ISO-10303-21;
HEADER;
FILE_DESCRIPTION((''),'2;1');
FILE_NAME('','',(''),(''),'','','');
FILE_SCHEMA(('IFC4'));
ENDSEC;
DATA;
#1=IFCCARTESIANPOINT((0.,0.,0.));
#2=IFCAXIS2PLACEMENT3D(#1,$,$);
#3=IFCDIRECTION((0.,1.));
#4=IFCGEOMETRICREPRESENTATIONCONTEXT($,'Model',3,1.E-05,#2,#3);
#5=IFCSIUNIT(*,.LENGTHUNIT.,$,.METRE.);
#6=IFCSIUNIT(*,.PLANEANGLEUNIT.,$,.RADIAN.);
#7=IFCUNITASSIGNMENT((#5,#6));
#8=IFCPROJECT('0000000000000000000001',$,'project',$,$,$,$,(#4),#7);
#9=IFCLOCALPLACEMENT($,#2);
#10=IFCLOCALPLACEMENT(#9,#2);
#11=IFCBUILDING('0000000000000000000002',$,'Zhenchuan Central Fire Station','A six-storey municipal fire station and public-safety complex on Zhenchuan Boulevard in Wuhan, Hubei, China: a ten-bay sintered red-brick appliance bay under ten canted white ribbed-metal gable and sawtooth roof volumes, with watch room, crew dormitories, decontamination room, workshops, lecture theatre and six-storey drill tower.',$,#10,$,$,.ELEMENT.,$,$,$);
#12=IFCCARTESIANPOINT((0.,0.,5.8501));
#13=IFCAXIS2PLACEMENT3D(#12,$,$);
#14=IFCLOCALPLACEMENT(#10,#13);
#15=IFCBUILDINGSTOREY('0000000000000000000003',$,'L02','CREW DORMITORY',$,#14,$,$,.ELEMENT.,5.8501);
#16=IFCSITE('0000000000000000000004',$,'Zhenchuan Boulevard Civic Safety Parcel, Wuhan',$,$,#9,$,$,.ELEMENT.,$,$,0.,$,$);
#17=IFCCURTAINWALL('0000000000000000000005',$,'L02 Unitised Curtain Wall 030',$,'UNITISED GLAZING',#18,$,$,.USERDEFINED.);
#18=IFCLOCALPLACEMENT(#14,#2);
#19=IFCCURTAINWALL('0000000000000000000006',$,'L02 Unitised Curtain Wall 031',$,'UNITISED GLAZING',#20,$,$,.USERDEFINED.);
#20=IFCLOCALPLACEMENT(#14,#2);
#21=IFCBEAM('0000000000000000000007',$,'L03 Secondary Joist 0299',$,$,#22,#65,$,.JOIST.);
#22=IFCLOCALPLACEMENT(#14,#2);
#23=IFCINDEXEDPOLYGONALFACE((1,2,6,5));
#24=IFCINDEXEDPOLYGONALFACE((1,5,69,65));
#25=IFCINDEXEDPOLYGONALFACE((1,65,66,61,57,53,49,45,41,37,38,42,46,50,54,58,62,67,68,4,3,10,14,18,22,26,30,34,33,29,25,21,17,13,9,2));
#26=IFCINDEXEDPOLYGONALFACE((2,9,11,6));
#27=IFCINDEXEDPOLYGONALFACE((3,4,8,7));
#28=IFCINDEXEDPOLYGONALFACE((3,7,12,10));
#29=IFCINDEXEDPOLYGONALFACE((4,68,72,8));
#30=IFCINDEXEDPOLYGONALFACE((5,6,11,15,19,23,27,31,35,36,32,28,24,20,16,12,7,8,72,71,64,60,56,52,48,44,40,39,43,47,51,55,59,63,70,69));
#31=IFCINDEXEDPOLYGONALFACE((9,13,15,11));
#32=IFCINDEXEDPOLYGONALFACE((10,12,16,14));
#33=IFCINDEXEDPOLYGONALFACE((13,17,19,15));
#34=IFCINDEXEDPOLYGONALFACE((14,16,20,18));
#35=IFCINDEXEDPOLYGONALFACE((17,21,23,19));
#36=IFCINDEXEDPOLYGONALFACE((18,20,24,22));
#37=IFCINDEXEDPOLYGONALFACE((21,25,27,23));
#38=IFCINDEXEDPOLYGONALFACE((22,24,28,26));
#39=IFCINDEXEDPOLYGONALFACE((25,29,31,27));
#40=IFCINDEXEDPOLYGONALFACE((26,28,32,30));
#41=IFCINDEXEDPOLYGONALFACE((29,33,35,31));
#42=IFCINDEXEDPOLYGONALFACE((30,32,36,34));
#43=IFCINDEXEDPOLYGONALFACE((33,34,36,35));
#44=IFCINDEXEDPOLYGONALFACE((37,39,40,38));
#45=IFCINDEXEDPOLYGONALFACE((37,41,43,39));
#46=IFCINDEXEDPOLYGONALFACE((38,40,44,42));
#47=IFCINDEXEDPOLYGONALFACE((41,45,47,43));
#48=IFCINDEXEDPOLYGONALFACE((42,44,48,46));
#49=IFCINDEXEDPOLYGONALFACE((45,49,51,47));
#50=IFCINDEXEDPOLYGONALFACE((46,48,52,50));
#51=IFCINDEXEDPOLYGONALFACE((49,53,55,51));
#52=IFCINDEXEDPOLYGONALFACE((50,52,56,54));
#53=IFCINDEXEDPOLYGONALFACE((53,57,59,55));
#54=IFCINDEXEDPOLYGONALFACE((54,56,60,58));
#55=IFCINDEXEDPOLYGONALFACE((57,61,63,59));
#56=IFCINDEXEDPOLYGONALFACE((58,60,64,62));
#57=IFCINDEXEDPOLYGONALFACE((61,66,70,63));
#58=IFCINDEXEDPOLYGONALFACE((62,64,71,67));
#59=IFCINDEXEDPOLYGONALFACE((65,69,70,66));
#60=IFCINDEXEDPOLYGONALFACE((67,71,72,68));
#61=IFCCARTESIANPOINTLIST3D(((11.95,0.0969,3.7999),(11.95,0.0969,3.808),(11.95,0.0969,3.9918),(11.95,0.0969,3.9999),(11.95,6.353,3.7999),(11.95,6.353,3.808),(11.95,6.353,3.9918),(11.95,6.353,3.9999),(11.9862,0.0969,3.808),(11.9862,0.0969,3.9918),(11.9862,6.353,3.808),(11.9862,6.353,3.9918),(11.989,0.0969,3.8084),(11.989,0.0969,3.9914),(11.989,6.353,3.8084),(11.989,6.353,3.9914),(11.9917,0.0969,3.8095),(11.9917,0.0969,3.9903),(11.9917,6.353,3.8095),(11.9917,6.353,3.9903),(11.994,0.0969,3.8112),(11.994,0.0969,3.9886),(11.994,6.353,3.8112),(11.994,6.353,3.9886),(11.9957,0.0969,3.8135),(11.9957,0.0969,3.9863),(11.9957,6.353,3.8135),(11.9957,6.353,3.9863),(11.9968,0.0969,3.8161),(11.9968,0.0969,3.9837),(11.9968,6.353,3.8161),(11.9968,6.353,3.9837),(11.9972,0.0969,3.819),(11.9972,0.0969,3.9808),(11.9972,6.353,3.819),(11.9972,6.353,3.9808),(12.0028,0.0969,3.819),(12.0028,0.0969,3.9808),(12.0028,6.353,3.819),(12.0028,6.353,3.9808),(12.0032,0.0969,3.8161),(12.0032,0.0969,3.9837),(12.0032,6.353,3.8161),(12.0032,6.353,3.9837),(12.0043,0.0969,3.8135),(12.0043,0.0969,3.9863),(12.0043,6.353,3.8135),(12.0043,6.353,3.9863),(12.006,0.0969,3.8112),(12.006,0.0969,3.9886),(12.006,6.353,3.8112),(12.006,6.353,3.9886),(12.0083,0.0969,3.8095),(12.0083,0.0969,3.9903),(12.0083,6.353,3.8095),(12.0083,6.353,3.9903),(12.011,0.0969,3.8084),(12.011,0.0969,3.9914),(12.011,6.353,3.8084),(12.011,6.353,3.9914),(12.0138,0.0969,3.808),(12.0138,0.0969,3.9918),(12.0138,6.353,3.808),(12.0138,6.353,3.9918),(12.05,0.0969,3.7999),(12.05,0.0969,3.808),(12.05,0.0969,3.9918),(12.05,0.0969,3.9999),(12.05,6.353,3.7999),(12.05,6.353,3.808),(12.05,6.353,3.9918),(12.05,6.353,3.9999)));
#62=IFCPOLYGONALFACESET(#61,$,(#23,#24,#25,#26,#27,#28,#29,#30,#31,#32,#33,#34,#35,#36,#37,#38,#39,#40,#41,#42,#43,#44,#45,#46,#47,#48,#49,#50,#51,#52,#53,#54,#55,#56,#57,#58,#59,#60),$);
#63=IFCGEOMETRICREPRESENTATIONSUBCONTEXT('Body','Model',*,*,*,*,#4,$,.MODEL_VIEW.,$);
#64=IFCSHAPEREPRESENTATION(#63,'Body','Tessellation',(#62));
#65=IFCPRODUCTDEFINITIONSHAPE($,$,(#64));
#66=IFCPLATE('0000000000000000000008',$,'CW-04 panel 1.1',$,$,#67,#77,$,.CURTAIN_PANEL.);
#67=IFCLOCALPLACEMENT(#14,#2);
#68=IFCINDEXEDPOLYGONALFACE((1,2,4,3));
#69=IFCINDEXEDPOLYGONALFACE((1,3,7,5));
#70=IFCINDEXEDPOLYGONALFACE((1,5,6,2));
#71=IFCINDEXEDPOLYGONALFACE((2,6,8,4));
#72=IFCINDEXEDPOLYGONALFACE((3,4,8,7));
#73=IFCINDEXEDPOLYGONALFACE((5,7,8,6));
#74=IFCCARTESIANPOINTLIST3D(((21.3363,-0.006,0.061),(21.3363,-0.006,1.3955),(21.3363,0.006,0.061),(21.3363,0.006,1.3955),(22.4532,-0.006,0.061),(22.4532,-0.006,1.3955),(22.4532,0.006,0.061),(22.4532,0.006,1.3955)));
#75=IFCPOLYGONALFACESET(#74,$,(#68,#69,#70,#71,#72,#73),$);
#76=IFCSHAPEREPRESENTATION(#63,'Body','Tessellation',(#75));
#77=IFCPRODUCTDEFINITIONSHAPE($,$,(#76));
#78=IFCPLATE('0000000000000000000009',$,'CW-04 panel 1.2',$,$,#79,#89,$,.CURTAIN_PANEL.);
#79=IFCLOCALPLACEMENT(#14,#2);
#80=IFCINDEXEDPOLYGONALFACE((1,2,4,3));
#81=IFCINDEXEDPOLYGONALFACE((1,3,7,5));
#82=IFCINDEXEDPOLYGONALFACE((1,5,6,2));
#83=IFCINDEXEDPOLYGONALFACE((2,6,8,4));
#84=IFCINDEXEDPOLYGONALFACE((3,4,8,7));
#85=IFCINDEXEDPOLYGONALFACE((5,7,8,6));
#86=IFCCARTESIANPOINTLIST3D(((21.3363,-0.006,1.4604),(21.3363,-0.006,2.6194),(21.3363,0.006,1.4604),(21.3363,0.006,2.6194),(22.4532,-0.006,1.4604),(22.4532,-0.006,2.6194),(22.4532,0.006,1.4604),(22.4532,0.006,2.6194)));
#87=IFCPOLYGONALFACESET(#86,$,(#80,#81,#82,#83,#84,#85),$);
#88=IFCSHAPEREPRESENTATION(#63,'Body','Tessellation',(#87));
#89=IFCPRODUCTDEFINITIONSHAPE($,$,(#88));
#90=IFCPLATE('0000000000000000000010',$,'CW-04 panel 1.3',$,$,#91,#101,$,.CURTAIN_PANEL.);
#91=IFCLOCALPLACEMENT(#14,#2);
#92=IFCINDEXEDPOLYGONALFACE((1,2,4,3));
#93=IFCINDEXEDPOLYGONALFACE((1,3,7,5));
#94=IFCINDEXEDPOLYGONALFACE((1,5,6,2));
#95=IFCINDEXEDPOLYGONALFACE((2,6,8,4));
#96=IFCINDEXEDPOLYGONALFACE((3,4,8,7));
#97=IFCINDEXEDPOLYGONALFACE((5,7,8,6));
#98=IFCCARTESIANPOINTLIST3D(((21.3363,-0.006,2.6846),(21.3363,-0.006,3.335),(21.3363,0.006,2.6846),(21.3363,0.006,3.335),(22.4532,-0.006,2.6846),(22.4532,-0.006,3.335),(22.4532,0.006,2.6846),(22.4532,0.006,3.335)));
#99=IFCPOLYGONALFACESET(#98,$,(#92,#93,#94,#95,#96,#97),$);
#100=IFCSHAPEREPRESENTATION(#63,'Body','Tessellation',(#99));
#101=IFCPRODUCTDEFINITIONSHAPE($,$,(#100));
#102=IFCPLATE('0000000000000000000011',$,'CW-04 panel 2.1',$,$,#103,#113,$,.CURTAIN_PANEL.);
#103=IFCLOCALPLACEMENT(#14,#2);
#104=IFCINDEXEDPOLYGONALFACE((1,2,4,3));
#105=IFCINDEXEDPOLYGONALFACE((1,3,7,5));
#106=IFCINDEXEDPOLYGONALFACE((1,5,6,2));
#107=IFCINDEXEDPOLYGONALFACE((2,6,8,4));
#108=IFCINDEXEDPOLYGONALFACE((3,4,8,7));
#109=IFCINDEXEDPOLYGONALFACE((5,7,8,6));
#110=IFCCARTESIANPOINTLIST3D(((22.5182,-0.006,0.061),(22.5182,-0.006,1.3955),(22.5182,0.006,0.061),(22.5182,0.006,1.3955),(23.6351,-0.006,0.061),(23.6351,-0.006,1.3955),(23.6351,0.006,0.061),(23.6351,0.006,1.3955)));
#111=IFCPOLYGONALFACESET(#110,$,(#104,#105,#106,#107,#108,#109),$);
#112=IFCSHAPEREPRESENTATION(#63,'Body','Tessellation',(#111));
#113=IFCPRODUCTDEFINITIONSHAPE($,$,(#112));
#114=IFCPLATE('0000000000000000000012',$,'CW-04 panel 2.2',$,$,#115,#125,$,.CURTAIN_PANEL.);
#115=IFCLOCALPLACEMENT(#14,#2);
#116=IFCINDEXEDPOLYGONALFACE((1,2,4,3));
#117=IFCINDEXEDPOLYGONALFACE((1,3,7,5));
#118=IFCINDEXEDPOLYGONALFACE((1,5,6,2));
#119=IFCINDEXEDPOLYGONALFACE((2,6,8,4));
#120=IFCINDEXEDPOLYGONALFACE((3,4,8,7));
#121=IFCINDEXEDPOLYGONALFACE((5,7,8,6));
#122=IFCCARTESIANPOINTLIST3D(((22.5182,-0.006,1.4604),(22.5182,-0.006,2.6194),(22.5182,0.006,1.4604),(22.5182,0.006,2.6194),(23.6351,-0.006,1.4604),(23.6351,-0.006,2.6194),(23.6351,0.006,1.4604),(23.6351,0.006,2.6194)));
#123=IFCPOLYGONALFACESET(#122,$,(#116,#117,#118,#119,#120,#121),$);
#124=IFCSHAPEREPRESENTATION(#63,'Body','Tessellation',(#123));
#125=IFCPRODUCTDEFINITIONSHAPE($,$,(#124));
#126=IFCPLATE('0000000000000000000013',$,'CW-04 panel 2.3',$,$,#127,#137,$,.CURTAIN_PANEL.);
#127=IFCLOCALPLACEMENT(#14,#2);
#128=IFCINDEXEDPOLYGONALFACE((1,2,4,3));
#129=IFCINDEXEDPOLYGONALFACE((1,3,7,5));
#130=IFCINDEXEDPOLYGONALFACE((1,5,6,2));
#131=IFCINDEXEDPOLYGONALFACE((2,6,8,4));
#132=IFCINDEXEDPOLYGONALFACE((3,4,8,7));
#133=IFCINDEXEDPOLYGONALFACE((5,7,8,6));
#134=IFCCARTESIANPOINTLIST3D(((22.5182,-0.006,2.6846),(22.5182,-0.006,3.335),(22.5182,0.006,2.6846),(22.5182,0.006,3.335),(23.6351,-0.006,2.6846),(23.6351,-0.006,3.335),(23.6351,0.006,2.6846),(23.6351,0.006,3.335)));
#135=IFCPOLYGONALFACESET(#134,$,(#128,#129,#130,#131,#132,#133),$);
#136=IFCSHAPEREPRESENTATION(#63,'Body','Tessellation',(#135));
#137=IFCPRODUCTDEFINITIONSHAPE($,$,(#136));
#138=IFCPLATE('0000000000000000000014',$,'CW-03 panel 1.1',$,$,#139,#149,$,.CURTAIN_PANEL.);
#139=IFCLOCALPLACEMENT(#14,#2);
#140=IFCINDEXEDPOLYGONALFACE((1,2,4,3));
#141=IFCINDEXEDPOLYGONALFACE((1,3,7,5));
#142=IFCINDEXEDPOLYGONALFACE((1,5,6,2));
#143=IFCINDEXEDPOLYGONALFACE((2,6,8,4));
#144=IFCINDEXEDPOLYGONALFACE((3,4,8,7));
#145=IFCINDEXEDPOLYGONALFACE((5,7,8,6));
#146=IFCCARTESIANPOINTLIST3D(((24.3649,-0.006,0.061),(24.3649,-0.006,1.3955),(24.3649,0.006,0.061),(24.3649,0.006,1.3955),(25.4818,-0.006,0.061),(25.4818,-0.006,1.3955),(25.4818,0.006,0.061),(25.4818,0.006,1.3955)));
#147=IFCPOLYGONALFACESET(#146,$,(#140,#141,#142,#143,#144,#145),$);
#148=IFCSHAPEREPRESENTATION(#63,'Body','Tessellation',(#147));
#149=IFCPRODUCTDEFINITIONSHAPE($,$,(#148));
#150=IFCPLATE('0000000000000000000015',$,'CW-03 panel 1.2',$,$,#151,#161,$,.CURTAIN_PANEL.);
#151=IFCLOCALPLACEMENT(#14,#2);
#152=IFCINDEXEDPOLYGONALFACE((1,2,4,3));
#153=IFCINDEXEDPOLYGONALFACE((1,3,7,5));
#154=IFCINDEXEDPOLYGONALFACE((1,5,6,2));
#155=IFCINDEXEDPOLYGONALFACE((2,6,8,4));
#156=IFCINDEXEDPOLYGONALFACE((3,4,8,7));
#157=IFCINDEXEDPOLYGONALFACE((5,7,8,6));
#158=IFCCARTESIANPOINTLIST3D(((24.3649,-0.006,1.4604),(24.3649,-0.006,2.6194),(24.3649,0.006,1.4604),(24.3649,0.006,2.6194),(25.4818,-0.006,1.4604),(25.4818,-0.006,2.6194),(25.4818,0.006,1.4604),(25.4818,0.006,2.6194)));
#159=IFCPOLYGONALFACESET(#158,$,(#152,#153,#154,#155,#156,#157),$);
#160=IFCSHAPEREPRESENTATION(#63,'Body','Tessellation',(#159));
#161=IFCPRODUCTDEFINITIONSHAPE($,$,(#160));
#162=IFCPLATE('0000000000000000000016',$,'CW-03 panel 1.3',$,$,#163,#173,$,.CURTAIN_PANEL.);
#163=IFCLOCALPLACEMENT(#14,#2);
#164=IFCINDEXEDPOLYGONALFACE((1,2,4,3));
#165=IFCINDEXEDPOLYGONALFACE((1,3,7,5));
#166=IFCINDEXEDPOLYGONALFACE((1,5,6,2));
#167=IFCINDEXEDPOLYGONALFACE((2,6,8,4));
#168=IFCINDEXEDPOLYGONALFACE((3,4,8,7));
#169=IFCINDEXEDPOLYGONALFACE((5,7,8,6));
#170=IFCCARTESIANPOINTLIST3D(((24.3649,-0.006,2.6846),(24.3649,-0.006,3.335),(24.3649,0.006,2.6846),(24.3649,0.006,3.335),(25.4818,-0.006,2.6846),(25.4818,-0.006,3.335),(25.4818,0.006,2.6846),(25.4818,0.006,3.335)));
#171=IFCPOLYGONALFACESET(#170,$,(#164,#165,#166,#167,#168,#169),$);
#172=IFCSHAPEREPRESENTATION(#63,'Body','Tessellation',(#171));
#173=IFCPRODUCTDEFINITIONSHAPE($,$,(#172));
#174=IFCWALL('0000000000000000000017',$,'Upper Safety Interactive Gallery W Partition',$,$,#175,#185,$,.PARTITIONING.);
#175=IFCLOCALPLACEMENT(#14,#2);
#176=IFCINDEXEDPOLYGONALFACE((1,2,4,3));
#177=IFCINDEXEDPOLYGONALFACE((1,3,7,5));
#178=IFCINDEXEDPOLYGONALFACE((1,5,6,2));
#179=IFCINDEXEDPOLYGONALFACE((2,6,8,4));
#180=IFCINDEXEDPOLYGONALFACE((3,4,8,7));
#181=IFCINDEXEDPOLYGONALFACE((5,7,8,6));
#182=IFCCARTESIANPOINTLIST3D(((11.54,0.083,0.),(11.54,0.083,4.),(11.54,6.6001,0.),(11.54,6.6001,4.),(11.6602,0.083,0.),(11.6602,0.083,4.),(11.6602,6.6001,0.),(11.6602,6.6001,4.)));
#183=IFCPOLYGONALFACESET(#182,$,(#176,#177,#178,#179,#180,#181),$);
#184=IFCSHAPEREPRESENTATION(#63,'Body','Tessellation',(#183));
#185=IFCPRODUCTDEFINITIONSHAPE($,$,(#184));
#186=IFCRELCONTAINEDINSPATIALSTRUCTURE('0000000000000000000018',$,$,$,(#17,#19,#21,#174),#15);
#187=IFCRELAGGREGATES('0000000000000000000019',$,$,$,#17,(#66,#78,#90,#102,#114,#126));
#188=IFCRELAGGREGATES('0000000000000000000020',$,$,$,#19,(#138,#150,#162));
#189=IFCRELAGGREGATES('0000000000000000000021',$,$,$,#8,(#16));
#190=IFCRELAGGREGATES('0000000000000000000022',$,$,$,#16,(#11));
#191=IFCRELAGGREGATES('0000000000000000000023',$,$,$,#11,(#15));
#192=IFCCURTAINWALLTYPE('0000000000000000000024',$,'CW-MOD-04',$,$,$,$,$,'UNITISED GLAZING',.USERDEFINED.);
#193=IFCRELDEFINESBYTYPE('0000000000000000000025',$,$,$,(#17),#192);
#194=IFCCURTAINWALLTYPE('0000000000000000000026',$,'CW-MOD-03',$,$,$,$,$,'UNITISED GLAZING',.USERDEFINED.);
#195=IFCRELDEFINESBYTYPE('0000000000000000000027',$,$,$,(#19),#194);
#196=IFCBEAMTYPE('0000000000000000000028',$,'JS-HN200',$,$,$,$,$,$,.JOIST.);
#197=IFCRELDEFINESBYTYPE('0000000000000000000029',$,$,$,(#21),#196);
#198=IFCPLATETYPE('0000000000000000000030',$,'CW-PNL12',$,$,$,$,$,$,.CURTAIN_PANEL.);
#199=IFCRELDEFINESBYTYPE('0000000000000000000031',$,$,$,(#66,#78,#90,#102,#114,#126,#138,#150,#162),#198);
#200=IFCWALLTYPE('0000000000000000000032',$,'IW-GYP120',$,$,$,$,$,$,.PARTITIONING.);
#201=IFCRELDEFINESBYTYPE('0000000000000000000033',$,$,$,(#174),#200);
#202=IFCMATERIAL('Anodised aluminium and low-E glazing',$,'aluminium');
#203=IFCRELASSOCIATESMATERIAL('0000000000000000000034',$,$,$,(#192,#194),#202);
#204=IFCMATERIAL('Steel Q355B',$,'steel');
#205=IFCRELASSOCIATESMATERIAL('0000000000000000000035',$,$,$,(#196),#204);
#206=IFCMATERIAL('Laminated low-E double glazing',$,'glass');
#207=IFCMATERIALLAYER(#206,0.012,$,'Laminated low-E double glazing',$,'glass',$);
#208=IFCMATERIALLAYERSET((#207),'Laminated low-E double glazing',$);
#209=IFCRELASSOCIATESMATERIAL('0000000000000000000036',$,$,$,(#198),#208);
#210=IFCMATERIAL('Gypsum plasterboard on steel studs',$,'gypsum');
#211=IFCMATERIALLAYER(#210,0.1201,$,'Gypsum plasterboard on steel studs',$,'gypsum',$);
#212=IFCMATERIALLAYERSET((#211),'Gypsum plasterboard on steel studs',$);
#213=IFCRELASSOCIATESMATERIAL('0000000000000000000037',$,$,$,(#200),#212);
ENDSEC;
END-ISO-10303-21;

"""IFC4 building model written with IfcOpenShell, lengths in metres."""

from ifc_helpers import new_model, si_unit, direction, frame, frame_2d, origin, origin_2d, place, context, subcontext, project, spatial, rectangle, i_section, extrude, material, layer, layer_set, material_profile, profile_set, type_object, element, aggregate, save


model = new_model("IFC4")

# Units and contexts
model_context = context("Model", 3, precision=1e-05, world=origin(), true_north=direction((0.0, 1.0)))
body_context = subcontext(model_context, "Body", "Model", "MODEL_VIEW")
ifc_project = project(units=[si_unit("LENGTHUNIT", "METRE"), si_unit("PLANEANGLEUNIT", "RADIAN")], contexts=[model_context])

# Site, building, storey
site_placement = place(None, origin())
site = spatial("IfcSite", under=ifc_project, at=site_placement, Name="Zhenchuan Boulevard Civic Safety Parcel, Wuhan", CompositionType="ELEMENT", RefElevation=0.0)
building_placement = place(site_placement, origin())
building = spatial("IfcBuilding", under=site, at=building_placement, Name="Zhenchuan Central Fire Station", Description="A six-storey municipal fire station and public-safety complex on Zhenchuan Boulevard in Wuhan, Hubei, China: a ten-bay sintered red-brick appliance bay under ten canted white ribbed-metal gable and sawtooth roof volumes, with watch room, crew dormitories, decontamination room, workshops, lecture theatre and six-storey drill tower.", CompositionType="ELEMENT")
storey_placement = place(building_placement, frame((0.0, 0.0, 5.8501)))
storey = spatial("IfcBuildingStorey", under=building, at=storey_placement, Name="L02", Description="CREW DORMITORY", CompositionType="ELEMENT", Elevation=5.8501)

# Shared definitions
ifc_material_1 = material(Name="Steel Q355B", Category="steel")

# Curtain walls
ifc_material_2 = material(Name="Anodised aluminium and low-E glazing", Category="aluminium")
curtain_wall_type_1 = type_object("IfcCurtainWallType", Name="CW-MOD-04", ElementType="UNITISED GLAZING", PredefinedType="USERDEFINED", material=ifc_material_2)
curtain_wall_1_placement = place(storey_placement, origin())
curtain_wall_1 = element("IfcCurtainWall", 1, at=curtain_wall_1_placement, inside=storey, type_object=curtain_wall_type_1, Name="L02 Unitised Curtain Wall 030", ObjectType="UNITISED GLAZING", PredefinedType="USERDEFINED")
curtain_wall_type_2 = type_object("IfcCurtainWallType", Name="CW-MOD-03", ElementType="UNITISED GLAZING", PredefinedType="USERDEFINED", material=ifc_material_2)
curtain_wall_2_placement = place(storey_placement, origin())
curtain_wall_2 = element("IfcCurtainWall", 2, at=curtain_wall_2_placement, inside=storey, type_object=curtain_wall_type_2, Name="L02 Unitised Curtain Wall 031", ObjectType="UNITISED GLAZING", PredefinedType="USERDEFINED")

# Beam
ifc_material_profile_1 = material_profile(ifc_material_1, i_section(OverallWidth=0.1001, OverallDepth=0.2, WebThickness=0.0056, FlangeThickness=0.0081, FilletRadius=0.011, at=origin_2d()), Name="HN 200x100")
ifc_profile_set_1 = profile_set([ifc_material_profile_1], Name="Steel Q355B")
beam_type_1 = type_object("IfcBeamType", Name="JS-HN200", PredefinedType="JOIST", material=ifc_profile_set_1)
beam_1_placement = place(storey_placement, frame((12.0, 0.0969, 3.8999), z_axis=(0.0, 1.0, 0.0), x_axis=(-1.0, 0.0, 0.0)))
element("IfcBeam", 3, at=beam_1_placement, inside=storey, type_object=beam_type_1, Name="L03 Secondary Joist 0299", PredefinedType="JOIST", context=body_context, shape_type="SweptSolid", body=[
    extrude(i_section(OverallWidth=0.1001, OverallDepth=0.2, WebThickness=0.0056, FlangeThickness=0.0081, FilletRadius=0.011, at=origin_2d()), origin(), (0.0, 0.0, 1.0), 6.2561),
])

# Plates
ifc_material_3 = material(Name="Laminated low-E double glazing", Category="glass")
ifc_layer_1 = layer(ifc_material_3, 0.012, Name="Laminated low-E double glazing", Category="glass")
ifc_layer_set_1 = layer_set([ifc_layer_1], Name="Laminated low-E double glazing")
plate_type = type_object("IfcPlateType", Name="CW-PNL12", PredefinedType="CURTAIN_PANEL", material=ifc_layer_set_1)
plate_1_placement = place(storey_placement, frame((21.8948, 0.0, 0.061), z_axis=(0.0, 0.0, 1.0), x_axis=(1.0, 0.0, 0.0)))
plate_1 = element("IfcPlate", 4, at=plate_1_placement, type_object=plate_type, Name="CW-04 panel 1.1", PredefinedType="CURTAIN_PANEL", context=body_context, shape_type="SweptSolid", body=[
    extrude(rectangle(XDim=1.1169, YDim=0.012, at=origin_2d()), origin(), (0.0, 0.0, 1.0), 1.3345),
])
plate_2_placement = place(storey_placement, frame((21.8948, 0.0, 1.4604), z_axis=(0.0, 0.0, 1.0), x_axis=(1.0, 0.0, 0.0)))
plate_2 = element("IfcPlate", 5, at=plate_2_placement, type_object=plate_type, Name="CW-04 panel 1.2", PredefinedType="CURTAIN_PANEL", context=body_context, shape_type="SweptSolid", body=[
    extrude(rectangle(XDim=1.1169, YDim=0.012, at=origin_2d()), origin(), (0.0, 0.0, 1.0), 1.1589),
])
plate_3_placement = place(storey_placement, frame((21.8948, 0.0, 2.6846), z_axis=(0.0, 0.0, 1.0), x_axis=(1.0, 0.0, 0.0)))
plate_3 = element("IfcPlate", 6, at=plate_3_placement, type_object=plate_type, Name="CW-04 panel 1.3", PredefinedType="CURTAIN_PANEL", context=body_context, shape_type="SweptSolid", body=[
    extrude(rectangle(XDim=1.1169, YDim=0.012, at=origin_2d()), origin(), (0.0, 0.0, 1.0), 0.6504),
])
plate_4_placement = place(storey_placement, frame((23.0767, 0.0, 0.061), z_axis=(0.0, 0.0, 1.0), x_axis=(1.0, 0.0, 0.0)))
plate_4 = element("IfcPlate", 7, at=plate_4_placement, type_object=plate_type, Name="CW-04 panel 2.1", PredefinedType="CURTAIN_PANEL", context=body_context, shape_type="SweptSolid", body=[
    extrude(rectangle(XDim=1.1169, YDim=0.012, at=origin_2d()), origin(), (0.0, 0.0, 1.0), 1.3345),
])
plate_5_placement = place(storey_placement, frame((23.0767, 0.0, 1.4604), z_axis=(0.0, 0.0, 1.0), x_axis=(1.0, 0.0, 0.0)))
plate_5 = element("IfcPlate", 8, at=plate_5_placement, type_object=plate_type, Name="CW-04 panel 2.2", PredefinedType="CURTAIN_PANEL", context=body_context, shape_type="SweptSolid", body=[
    extrude(rectangle(XDim=1.1169, YDim=0.012, at=origin_2d()), origin(), (0.0, 0.0, 1.0), 1.1589),
])
plate_6_placement = place(storey_placement, frame((23.0767, 0.0, 2.6846), z_axis=(0.0, 0.0, 1.0), x_axis=(1.0, 0.0, 0.0)))
plate_6 = element("IfcPlate", 9, at=plate_6_placement, type_object=plate_type, Name="CW-04 panel 2.3", PredefinedType="CURTAIN_PANEL", context=body_context, shape_type="SweptSolid", body=[
    extrude(rectangle(XDim=1.1169, YDim=0.012, at=origin_2d()), origin(), (0.0, 0.0, 1.0), 0.6504),
])
aggregate(curtain_wall_1, [plate_1, plate_2, plate_3, plate_4, plate_5, plate_6])
plate_7_placement = place(storey_placement, frame((24.9233, 0.0, 0.061), z_axis=(0.0, 0.0, 1.0), x_axis=(1.0, 0.0, 0.0)))
plate_7 = element("IfcPlate", 10, at=plate_7_placement, type_object=plate_type, Name="CW-03 panel 1.1", PredefinedType="CURTAIN_PANEL", context=body_context, shape_type="SweptSolid", body=[
    extrude(rectangle(XDim=1.1169, YDim=0.012, at=origin_2d()), origin(), (0.0, 0.0, 1.0), 1.3345),
])
plate_8_placement = place(storey_placement, frame((24.9233, 0.0, 1.4604), z_axis=(0.0, 0.0, 1.0), x_axis=(1.0, 0.0, 0.0)))
plate_8 = element("IfcPlate", 11, at=plate_8_placement, type_object=plate_type, Name="CW-03 panel 1.2", PredefinedType="CURTAIN_PANEL", context=body_context, shape_type="SweptSolid", body=[
    extrude(rectangle(XDim=1.1169, YDim=0.012, at=origin_2d()), origin(), (0.0, 0.0, 1.0), 1.1589),
])
plate_9_placement = place(storey_placement, frame((24.9233, 0.0, 2.6846), z_axis=(0.0, 0.0, 1.0), x_axis=(1.0, 0.0, 0.0)))
plate_9 = element("IfcPlate", 12, at=plate_9_placement, type_object=plate_type, Name="CW-03 panel 1.3", PredefinedType="CURTAIN_PANEL", context=body_context, shape_type="SweptSolid", body=[
    extrude(rectangle(XDim=1.1169, YDim=0.012, at=origin_2d()), origin(), (0.0, 0.0, 1.0), 0.6504),
])
aggregate(curtain_wall_2, [plate_7, plate_8, plate_9])

# Wall
ifc_material_4 = material(Name="Gypsum plasterboard on steel studs", Category="gypsum")
ifc_layer_2 = layer(ifc_material_4, 0.1201, Name="Gypsum plasterboard on steel studs", Category="gypsum")
ifc_layer_set_2 = layer_set([ifc_layer_2], Name="Gypsum plasterboard on steel studs")
wall_type = type_object("IfcWallType", Name="IW-GYP120", PredefinedType="PARTITIONING", material=ifc_layer_set_2)
wall_placement = place(storey_placement, frame((11.6001, 0.083, 0.0), z_axis=(0.0, 0.0, 1.0), x_axis=(0.0, 1.0, 0.0)))
element("IfcWall", 13, at=wall_placement, inside=storey, type_object=wall_type, Name="Upper Safety Interactive Gallery W Partition", PredefinedType="PARTITIONING", context=body_context, shape_type="SweptSolid", body=[
    extrude(rectangle(XDim=6.5171, YDim=0.1201, at=frame_2d((3.2585, 0.0))), origin(), (0.0, 0.0, 1.0), 4.0),
])

save(model, "model.ifc")
